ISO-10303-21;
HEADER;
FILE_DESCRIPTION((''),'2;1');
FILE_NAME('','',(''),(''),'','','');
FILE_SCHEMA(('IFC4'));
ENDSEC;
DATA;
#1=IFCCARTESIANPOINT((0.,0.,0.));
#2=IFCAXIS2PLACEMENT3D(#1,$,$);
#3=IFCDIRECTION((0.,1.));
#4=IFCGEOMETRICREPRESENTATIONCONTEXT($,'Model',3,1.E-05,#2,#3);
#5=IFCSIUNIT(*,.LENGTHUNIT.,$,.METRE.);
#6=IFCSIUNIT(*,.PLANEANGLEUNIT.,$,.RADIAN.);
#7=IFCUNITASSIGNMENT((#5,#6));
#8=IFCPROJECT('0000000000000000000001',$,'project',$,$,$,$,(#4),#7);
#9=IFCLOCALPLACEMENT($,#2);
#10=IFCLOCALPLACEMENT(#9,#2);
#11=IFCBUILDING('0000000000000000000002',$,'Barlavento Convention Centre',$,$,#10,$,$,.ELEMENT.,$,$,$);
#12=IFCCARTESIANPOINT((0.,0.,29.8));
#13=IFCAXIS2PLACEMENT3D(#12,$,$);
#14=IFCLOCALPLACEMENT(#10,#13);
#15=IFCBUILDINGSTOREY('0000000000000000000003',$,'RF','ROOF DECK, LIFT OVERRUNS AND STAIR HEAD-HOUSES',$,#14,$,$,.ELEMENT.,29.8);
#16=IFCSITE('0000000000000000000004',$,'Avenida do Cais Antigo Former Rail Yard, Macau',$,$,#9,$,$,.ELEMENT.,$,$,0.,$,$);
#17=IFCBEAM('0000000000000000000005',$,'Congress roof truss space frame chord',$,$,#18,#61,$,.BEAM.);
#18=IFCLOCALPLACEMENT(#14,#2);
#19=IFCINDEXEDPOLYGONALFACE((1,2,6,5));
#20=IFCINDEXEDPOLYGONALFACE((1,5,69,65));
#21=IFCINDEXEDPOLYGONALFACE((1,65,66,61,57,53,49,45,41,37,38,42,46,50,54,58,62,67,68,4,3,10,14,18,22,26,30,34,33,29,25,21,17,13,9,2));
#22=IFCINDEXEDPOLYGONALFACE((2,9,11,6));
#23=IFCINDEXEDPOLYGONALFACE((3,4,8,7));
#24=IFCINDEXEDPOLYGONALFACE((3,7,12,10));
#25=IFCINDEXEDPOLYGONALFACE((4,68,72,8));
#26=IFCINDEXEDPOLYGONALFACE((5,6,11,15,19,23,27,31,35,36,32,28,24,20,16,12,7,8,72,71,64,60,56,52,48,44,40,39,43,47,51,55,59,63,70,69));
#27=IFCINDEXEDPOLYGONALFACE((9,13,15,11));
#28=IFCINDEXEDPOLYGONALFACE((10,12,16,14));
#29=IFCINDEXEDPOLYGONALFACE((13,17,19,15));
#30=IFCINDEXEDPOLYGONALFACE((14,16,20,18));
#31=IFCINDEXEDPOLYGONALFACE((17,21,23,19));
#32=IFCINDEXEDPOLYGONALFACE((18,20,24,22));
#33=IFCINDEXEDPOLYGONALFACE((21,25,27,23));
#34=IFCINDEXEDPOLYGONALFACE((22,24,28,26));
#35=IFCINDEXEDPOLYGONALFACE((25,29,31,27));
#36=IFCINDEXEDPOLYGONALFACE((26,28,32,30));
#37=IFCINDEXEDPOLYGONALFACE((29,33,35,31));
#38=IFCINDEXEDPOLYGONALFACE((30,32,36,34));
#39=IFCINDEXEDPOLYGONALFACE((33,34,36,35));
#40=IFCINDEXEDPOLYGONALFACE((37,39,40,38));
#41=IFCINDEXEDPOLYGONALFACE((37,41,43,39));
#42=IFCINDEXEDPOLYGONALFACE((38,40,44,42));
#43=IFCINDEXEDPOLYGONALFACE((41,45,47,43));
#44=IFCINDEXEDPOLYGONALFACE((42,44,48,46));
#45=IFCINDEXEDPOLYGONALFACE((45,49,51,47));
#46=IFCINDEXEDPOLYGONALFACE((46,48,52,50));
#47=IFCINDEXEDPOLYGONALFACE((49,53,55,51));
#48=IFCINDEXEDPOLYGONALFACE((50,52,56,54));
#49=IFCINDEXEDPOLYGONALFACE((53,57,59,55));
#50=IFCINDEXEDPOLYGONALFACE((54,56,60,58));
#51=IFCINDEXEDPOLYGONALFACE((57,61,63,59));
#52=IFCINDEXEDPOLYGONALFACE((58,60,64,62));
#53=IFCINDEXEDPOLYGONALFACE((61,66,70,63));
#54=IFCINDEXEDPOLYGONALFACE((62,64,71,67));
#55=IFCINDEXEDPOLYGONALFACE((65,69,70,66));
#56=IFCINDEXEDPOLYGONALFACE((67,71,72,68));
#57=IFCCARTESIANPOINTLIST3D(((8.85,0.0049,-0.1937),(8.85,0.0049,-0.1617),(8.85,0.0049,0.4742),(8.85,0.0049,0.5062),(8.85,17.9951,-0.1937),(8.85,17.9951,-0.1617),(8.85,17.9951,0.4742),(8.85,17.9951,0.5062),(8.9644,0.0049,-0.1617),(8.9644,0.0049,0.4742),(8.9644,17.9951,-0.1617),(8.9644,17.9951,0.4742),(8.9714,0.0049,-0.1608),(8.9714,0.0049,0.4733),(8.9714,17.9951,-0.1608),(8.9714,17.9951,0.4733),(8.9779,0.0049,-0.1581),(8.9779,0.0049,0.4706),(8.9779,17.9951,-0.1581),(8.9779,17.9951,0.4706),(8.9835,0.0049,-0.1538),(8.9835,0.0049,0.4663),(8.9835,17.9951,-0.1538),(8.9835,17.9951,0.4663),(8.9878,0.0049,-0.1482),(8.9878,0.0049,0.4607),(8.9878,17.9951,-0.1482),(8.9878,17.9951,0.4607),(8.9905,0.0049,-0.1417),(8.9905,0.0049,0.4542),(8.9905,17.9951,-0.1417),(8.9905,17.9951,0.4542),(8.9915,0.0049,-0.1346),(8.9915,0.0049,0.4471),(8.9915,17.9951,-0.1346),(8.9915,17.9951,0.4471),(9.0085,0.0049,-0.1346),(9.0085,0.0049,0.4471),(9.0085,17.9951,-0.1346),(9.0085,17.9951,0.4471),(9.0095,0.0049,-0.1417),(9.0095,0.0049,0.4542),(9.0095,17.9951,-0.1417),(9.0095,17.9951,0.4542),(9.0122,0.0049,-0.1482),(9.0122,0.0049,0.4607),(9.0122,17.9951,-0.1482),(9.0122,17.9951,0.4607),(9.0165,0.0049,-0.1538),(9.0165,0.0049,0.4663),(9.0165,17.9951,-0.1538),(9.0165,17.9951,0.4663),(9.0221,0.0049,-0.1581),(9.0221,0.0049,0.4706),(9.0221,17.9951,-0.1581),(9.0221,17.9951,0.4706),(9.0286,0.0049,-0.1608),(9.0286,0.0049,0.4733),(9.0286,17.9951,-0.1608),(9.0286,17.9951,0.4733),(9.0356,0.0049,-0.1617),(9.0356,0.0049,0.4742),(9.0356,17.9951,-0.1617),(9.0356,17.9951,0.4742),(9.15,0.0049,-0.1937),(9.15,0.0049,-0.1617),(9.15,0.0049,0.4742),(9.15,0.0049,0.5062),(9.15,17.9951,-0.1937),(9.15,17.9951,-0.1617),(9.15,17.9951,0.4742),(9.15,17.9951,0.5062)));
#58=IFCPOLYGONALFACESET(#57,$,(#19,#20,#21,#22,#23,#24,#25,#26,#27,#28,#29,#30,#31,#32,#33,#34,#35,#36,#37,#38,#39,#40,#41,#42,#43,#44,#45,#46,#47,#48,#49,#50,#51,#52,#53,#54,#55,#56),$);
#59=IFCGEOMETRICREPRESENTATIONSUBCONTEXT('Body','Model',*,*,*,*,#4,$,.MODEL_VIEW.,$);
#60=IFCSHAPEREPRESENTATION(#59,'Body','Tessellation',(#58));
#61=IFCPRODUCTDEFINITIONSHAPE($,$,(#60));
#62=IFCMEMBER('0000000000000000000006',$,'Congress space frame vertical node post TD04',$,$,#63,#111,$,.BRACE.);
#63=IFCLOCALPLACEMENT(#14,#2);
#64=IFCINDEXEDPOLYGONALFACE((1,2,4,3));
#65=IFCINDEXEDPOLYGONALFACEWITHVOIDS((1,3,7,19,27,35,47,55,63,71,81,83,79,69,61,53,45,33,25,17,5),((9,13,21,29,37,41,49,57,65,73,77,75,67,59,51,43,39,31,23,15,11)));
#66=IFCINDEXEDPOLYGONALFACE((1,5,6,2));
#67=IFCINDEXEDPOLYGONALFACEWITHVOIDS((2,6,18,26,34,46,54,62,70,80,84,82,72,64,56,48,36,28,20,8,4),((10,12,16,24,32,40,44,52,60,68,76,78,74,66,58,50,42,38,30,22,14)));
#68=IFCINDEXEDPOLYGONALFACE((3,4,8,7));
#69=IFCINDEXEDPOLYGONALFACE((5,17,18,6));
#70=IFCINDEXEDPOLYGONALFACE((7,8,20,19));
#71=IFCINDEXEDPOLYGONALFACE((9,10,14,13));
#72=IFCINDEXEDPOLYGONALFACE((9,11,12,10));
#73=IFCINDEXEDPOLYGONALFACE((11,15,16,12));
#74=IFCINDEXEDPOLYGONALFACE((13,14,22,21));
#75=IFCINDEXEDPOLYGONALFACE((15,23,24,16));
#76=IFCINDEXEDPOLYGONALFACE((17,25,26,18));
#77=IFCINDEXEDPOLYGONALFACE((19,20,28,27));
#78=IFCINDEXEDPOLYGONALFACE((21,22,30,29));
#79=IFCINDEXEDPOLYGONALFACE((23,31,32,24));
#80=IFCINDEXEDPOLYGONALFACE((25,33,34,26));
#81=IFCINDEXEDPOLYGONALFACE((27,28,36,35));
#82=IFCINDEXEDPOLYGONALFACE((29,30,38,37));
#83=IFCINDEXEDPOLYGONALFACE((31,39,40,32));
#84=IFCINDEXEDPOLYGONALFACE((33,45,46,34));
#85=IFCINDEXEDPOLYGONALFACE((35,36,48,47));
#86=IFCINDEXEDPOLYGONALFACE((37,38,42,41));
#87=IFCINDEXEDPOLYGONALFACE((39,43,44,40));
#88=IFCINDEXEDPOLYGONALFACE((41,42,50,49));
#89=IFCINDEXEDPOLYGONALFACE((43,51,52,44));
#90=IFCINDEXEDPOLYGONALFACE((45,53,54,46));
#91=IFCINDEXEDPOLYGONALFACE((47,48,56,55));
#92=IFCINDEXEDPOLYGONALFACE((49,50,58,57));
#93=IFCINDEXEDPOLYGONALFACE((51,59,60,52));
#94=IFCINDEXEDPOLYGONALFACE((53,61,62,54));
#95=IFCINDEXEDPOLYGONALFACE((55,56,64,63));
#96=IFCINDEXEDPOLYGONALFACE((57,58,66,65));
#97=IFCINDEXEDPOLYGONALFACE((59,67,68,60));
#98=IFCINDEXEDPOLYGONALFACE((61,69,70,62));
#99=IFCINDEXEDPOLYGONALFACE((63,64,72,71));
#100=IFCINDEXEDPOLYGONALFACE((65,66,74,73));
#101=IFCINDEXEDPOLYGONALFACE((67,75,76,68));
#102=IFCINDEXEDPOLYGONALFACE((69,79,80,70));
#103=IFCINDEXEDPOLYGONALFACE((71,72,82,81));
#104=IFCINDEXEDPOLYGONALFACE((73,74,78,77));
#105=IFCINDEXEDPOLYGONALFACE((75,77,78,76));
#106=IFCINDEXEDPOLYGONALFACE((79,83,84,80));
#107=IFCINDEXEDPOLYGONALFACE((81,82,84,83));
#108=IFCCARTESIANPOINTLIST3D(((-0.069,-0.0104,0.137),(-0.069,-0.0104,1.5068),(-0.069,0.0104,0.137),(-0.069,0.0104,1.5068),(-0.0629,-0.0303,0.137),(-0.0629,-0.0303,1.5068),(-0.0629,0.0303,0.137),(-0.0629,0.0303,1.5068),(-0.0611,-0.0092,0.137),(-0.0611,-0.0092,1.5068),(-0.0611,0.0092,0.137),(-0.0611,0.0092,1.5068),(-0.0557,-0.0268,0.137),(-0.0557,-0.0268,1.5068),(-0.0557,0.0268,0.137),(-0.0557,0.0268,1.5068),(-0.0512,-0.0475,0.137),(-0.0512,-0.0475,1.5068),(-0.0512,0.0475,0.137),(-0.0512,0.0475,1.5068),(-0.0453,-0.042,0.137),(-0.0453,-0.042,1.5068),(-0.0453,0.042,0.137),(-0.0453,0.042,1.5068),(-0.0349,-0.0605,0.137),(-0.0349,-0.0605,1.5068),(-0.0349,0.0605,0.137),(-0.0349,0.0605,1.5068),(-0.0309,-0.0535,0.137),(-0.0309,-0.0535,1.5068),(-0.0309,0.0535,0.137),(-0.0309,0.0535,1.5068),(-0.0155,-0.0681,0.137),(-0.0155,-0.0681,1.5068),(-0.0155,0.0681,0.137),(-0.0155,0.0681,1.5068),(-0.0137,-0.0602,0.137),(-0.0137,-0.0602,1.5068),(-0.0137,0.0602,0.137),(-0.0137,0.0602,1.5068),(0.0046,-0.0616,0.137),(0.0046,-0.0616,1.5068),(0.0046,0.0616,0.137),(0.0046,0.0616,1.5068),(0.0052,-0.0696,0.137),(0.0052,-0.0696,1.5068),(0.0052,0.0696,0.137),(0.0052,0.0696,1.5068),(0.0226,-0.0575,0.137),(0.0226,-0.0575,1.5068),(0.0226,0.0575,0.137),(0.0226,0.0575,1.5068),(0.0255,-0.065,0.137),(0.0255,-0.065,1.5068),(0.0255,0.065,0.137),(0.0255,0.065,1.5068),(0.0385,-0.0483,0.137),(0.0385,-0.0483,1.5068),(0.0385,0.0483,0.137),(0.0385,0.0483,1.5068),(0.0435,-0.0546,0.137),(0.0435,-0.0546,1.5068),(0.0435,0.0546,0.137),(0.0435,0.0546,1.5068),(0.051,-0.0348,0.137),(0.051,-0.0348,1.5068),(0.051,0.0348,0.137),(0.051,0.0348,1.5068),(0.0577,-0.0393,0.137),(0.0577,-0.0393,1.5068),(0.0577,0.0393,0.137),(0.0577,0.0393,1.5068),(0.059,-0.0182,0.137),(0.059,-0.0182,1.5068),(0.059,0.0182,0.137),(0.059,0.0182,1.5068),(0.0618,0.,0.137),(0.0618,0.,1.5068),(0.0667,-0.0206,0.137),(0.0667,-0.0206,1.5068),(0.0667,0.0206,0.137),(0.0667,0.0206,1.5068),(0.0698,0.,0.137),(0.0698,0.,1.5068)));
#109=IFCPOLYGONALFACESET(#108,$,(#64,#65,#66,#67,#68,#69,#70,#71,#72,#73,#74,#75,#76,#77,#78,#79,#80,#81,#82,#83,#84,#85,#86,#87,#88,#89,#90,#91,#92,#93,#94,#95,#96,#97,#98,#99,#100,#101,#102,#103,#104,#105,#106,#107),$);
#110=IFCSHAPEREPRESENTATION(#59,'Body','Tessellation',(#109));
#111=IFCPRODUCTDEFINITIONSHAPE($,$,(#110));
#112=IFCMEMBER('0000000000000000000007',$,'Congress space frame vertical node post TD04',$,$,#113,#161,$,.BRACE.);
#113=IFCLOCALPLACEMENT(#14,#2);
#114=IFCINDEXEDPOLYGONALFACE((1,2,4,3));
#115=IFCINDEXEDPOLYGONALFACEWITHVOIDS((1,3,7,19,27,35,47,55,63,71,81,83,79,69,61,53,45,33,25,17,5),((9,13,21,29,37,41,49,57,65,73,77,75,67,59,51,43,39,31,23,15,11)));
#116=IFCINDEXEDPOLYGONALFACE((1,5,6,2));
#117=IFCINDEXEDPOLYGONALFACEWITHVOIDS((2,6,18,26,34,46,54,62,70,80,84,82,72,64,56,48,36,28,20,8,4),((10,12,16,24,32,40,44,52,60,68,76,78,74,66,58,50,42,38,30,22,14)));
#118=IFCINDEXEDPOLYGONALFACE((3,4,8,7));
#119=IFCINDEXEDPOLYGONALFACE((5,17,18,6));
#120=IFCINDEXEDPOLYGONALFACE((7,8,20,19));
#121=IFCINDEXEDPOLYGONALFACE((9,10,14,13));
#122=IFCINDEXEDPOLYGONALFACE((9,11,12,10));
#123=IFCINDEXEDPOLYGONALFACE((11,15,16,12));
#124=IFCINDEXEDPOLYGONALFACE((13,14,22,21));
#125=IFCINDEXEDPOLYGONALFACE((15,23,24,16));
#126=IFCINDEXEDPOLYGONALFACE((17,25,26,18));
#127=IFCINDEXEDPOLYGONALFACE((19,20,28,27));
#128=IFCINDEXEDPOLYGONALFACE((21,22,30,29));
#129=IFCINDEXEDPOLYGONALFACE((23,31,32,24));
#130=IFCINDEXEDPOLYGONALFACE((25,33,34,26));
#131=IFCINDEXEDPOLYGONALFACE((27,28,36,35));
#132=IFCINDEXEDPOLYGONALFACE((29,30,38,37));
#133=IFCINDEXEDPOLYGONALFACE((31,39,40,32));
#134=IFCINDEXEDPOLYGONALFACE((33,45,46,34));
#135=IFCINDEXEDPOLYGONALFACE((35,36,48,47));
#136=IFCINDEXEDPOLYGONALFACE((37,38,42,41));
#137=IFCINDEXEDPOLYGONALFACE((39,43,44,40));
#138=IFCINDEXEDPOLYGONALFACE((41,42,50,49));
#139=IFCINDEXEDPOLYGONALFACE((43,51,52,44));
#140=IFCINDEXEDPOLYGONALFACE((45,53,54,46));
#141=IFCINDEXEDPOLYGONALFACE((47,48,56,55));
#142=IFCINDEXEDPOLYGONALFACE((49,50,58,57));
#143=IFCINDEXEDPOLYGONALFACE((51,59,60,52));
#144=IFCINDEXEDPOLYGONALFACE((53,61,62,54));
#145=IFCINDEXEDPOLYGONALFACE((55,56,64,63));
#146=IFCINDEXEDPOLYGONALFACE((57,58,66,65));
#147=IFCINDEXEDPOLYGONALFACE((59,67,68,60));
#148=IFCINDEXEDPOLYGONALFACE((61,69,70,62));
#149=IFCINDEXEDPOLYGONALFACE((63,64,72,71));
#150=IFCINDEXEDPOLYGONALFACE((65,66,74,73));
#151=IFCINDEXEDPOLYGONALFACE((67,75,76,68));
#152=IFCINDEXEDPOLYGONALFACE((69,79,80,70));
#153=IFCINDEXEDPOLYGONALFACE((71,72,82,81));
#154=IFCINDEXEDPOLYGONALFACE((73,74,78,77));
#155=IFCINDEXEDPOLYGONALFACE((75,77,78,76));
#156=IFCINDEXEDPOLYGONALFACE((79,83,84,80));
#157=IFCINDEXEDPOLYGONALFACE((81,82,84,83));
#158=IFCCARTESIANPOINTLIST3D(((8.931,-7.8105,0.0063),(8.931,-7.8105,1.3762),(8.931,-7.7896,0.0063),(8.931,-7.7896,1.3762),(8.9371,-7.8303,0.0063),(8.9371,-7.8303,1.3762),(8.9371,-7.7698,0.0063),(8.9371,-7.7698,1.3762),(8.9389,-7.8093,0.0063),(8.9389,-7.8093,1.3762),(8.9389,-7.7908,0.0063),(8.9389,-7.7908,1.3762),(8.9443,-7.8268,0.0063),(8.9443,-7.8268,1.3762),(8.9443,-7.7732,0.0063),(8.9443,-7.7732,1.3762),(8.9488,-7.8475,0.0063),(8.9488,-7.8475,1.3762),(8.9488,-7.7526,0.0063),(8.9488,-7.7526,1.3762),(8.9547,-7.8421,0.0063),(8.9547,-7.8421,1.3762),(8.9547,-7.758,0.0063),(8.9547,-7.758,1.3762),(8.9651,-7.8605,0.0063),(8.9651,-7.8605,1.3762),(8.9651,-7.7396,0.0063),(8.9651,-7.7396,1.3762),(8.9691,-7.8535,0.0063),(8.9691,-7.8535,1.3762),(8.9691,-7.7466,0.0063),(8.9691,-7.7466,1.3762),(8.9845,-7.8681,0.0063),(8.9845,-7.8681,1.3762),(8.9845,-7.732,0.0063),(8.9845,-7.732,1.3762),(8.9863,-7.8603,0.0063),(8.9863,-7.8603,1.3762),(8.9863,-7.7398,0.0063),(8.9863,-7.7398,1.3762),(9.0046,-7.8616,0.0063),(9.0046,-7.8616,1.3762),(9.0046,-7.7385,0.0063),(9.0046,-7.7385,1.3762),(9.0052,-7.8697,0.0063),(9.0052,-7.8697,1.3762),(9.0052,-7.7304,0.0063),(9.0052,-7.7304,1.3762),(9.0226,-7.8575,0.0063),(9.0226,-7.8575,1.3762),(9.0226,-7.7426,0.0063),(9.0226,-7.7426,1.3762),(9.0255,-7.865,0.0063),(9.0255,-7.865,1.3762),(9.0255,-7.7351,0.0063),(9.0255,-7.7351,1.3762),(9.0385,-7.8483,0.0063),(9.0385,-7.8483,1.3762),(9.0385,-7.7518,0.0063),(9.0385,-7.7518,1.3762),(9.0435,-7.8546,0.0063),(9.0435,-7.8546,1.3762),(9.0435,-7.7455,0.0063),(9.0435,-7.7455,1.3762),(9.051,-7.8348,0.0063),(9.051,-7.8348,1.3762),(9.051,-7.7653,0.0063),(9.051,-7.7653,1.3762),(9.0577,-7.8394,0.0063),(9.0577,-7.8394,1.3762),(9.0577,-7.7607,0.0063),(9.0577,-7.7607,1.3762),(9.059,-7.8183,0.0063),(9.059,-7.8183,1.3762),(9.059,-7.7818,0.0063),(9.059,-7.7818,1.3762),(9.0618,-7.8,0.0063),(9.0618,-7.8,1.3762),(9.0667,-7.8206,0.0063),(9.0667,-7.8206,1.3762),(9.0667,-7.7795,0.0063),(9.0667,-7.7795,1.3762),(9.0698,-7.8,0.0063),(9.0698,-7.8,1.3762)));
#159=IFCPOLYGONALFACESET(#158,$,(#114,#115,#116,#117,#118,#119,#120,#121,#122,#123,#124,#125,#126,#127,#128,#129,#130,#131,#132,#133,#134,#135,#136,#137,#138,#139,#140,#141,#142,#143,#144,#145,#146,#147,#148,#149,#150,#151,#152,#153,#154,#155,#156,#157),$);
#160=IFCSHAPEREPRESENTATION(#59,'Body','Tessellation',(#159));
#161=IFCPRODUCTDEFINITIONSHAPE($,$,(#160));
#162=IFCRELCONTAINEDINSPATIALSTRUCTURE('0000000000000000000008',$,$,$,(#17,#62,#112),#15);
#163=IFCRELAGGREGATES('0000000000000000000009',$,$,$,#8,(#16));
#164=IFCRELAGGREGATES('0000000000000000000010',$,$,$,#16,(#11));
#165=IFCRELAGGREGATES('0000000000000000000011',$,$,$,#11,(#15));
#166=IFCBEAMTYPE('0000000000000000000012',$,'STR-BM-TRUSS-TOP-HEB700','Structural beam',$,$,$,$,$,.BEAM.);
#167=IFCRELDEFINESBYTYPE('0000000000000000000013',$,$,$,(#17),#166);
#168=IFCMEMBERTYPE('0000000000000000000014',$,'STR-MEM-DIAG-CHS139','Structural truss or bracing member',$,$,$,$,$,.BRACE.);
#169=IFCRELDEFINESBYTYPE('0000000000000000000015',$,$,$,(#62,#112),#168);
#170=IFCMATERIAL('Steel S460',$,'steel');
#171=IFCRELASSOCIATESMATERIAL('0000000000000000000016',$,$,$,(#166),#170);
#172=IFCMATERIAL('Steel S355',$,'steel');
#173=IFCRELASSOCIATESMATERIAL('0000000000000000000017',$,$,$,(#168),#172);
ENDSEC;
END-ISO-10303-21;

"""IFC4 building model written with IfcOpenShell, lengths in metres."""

from ifc_helpers import new_model, si_unit, direction, frame, origin, origin_2d, place, context, subcontext, project, spatial, hollow_circle, i_section, extrude, material, material_profile, profile_set, type_object, element, save


model = new_model("IFC4")

# Units and contexts
model_context = context("Model", 3, precision=1e-05, world=origin(), true_north=direction((0.0, 1.0)))
body_context = subcontext(model_context, "Body", "Model", "MODEL_VIEW")
ifc_project = project(units=[si_unit("LENGTHUNIT", "METRE"), si_unit("PLANEANGLEUNIT", "RADIAN")], contexts=[model_context])

# Site, building, storey
site_placement = place(None, origin())
site = spatial("IfcSite", under=ifc_project, at=site_placement, Name="Avenida do Cais Antigo Former Rail Yard, Macau", CompositionType="ELEMENT", RefElevation=0.0)
building_placement = place(site_placement, origin())
building = spatial("IfcBuilding", under=site, at=building_placement, Name="Barlavento Convention Centre", CompositionType="ELEMENT")
storey_placement = place(building_placement, frame((0.0, 0.0, 29.8)))
storey = spatial("IfcBuildingStorey", under=building, at=storey_placement, Name="RF", Description="ROOF DECK, LIFT OVERRUNS AND STAIR HEAD-HOUSES", CompositionType="ELEMENT", Elevation=29.8)

# Beam
ifc_material_1 = material(Name="Steel S355", Category="steel")
ifc_material_2 = material(Name="Steel S460", Category="steel")
ifc_material_profile_1 = material_profile(ifc_material_2, i_section(OverallWidth=0.3, OverallDepth=0.7, WebThickness=0.0171, FlangeThickness=0.032, FilletRadius=0.0271, at=origin_2d()), Name="HEB 700")
ifc_profile_set_1 = profile_set([ifc_material_profile_1], Name="Steel S460")
beam_type_1 = type_object("IfcBeamType", Name="STR-BM-TRUSS-TOP-HEB700", Description="Structural beam", PredefinedType="BEAM", material=ifc_profile_set_1)
for number, where, z_axis, x_axis, name in (
    (1, (9.0, 0.0049, 0.1562), (0.0, 1.0, 0.0), (-1.0, 0.0, 0.0), "Congress roof truss space frame chord"),
):
    element("IfcBeam", number, at=place(storey_placement, frame(where, z_axis=z_axis, x_axis=x_axis)), inside=storey, type_object=beam_type_1, Name=name, PredefinedType="BEAM", context=body_context, shape_type="SweptSolid", body=[
        extrude(i_section(OverallWidth=0.3, OverallDepth=0.7, WebThickness=0.0171, FlangeThickness=0.032, FilletRadius=0.0271, at=origin_2d()), origin(), (0.0, 0.0, 1.0), 17.9902),
    ])

# Members
ifc_material_profile_2 = material_profile(ifc_material_1, hollow_circle(Radius=0.0698, WallThickness=0.0081, at=origin_2d()), Name="CHS 139.7x8.0")
ifc_profile_set_2 = profile_set([ifc_material_profile_2], Name="Steel S355")
member_type_1 = type_object("IfcMemberType", Name="STR-MEM-DIAG-CHS139", Description="Structural truss or bracing member", PredefinedType="BRACE", material=ifc_profile_set_2)
for number, where, z_axis, x_axis, name in (
    (2, (0.0, 0.0, 0.137), (0.0, 0.0, 1.0), (1.0, 0.0, 0.0), "Congress space frame vertical node post TD04"),
    (3, (9.0, -7.8, 0.0063), (0.0, 0.0, 1.0), (1.0, 0.0, 0.0), "Congress space frame vertical node post TD04"),
):
    element("IfcMember", number, at=place(storey_placement, frame(where, z_axis=z_axis, x_axis=x_axis)), inside=storey, type_object=member_type_1, Name=name, PredefinedType="BRACE", context=body_context, shape_type="SweptSolid", body=[
        extrude(hollow_circle(Radius=0.0698, WallThickness=0.0081, at=origin_2d()), origin(), (0.0, 0.0, 1.0), 1.3699),
    ])

save(model, "model.ifc")
